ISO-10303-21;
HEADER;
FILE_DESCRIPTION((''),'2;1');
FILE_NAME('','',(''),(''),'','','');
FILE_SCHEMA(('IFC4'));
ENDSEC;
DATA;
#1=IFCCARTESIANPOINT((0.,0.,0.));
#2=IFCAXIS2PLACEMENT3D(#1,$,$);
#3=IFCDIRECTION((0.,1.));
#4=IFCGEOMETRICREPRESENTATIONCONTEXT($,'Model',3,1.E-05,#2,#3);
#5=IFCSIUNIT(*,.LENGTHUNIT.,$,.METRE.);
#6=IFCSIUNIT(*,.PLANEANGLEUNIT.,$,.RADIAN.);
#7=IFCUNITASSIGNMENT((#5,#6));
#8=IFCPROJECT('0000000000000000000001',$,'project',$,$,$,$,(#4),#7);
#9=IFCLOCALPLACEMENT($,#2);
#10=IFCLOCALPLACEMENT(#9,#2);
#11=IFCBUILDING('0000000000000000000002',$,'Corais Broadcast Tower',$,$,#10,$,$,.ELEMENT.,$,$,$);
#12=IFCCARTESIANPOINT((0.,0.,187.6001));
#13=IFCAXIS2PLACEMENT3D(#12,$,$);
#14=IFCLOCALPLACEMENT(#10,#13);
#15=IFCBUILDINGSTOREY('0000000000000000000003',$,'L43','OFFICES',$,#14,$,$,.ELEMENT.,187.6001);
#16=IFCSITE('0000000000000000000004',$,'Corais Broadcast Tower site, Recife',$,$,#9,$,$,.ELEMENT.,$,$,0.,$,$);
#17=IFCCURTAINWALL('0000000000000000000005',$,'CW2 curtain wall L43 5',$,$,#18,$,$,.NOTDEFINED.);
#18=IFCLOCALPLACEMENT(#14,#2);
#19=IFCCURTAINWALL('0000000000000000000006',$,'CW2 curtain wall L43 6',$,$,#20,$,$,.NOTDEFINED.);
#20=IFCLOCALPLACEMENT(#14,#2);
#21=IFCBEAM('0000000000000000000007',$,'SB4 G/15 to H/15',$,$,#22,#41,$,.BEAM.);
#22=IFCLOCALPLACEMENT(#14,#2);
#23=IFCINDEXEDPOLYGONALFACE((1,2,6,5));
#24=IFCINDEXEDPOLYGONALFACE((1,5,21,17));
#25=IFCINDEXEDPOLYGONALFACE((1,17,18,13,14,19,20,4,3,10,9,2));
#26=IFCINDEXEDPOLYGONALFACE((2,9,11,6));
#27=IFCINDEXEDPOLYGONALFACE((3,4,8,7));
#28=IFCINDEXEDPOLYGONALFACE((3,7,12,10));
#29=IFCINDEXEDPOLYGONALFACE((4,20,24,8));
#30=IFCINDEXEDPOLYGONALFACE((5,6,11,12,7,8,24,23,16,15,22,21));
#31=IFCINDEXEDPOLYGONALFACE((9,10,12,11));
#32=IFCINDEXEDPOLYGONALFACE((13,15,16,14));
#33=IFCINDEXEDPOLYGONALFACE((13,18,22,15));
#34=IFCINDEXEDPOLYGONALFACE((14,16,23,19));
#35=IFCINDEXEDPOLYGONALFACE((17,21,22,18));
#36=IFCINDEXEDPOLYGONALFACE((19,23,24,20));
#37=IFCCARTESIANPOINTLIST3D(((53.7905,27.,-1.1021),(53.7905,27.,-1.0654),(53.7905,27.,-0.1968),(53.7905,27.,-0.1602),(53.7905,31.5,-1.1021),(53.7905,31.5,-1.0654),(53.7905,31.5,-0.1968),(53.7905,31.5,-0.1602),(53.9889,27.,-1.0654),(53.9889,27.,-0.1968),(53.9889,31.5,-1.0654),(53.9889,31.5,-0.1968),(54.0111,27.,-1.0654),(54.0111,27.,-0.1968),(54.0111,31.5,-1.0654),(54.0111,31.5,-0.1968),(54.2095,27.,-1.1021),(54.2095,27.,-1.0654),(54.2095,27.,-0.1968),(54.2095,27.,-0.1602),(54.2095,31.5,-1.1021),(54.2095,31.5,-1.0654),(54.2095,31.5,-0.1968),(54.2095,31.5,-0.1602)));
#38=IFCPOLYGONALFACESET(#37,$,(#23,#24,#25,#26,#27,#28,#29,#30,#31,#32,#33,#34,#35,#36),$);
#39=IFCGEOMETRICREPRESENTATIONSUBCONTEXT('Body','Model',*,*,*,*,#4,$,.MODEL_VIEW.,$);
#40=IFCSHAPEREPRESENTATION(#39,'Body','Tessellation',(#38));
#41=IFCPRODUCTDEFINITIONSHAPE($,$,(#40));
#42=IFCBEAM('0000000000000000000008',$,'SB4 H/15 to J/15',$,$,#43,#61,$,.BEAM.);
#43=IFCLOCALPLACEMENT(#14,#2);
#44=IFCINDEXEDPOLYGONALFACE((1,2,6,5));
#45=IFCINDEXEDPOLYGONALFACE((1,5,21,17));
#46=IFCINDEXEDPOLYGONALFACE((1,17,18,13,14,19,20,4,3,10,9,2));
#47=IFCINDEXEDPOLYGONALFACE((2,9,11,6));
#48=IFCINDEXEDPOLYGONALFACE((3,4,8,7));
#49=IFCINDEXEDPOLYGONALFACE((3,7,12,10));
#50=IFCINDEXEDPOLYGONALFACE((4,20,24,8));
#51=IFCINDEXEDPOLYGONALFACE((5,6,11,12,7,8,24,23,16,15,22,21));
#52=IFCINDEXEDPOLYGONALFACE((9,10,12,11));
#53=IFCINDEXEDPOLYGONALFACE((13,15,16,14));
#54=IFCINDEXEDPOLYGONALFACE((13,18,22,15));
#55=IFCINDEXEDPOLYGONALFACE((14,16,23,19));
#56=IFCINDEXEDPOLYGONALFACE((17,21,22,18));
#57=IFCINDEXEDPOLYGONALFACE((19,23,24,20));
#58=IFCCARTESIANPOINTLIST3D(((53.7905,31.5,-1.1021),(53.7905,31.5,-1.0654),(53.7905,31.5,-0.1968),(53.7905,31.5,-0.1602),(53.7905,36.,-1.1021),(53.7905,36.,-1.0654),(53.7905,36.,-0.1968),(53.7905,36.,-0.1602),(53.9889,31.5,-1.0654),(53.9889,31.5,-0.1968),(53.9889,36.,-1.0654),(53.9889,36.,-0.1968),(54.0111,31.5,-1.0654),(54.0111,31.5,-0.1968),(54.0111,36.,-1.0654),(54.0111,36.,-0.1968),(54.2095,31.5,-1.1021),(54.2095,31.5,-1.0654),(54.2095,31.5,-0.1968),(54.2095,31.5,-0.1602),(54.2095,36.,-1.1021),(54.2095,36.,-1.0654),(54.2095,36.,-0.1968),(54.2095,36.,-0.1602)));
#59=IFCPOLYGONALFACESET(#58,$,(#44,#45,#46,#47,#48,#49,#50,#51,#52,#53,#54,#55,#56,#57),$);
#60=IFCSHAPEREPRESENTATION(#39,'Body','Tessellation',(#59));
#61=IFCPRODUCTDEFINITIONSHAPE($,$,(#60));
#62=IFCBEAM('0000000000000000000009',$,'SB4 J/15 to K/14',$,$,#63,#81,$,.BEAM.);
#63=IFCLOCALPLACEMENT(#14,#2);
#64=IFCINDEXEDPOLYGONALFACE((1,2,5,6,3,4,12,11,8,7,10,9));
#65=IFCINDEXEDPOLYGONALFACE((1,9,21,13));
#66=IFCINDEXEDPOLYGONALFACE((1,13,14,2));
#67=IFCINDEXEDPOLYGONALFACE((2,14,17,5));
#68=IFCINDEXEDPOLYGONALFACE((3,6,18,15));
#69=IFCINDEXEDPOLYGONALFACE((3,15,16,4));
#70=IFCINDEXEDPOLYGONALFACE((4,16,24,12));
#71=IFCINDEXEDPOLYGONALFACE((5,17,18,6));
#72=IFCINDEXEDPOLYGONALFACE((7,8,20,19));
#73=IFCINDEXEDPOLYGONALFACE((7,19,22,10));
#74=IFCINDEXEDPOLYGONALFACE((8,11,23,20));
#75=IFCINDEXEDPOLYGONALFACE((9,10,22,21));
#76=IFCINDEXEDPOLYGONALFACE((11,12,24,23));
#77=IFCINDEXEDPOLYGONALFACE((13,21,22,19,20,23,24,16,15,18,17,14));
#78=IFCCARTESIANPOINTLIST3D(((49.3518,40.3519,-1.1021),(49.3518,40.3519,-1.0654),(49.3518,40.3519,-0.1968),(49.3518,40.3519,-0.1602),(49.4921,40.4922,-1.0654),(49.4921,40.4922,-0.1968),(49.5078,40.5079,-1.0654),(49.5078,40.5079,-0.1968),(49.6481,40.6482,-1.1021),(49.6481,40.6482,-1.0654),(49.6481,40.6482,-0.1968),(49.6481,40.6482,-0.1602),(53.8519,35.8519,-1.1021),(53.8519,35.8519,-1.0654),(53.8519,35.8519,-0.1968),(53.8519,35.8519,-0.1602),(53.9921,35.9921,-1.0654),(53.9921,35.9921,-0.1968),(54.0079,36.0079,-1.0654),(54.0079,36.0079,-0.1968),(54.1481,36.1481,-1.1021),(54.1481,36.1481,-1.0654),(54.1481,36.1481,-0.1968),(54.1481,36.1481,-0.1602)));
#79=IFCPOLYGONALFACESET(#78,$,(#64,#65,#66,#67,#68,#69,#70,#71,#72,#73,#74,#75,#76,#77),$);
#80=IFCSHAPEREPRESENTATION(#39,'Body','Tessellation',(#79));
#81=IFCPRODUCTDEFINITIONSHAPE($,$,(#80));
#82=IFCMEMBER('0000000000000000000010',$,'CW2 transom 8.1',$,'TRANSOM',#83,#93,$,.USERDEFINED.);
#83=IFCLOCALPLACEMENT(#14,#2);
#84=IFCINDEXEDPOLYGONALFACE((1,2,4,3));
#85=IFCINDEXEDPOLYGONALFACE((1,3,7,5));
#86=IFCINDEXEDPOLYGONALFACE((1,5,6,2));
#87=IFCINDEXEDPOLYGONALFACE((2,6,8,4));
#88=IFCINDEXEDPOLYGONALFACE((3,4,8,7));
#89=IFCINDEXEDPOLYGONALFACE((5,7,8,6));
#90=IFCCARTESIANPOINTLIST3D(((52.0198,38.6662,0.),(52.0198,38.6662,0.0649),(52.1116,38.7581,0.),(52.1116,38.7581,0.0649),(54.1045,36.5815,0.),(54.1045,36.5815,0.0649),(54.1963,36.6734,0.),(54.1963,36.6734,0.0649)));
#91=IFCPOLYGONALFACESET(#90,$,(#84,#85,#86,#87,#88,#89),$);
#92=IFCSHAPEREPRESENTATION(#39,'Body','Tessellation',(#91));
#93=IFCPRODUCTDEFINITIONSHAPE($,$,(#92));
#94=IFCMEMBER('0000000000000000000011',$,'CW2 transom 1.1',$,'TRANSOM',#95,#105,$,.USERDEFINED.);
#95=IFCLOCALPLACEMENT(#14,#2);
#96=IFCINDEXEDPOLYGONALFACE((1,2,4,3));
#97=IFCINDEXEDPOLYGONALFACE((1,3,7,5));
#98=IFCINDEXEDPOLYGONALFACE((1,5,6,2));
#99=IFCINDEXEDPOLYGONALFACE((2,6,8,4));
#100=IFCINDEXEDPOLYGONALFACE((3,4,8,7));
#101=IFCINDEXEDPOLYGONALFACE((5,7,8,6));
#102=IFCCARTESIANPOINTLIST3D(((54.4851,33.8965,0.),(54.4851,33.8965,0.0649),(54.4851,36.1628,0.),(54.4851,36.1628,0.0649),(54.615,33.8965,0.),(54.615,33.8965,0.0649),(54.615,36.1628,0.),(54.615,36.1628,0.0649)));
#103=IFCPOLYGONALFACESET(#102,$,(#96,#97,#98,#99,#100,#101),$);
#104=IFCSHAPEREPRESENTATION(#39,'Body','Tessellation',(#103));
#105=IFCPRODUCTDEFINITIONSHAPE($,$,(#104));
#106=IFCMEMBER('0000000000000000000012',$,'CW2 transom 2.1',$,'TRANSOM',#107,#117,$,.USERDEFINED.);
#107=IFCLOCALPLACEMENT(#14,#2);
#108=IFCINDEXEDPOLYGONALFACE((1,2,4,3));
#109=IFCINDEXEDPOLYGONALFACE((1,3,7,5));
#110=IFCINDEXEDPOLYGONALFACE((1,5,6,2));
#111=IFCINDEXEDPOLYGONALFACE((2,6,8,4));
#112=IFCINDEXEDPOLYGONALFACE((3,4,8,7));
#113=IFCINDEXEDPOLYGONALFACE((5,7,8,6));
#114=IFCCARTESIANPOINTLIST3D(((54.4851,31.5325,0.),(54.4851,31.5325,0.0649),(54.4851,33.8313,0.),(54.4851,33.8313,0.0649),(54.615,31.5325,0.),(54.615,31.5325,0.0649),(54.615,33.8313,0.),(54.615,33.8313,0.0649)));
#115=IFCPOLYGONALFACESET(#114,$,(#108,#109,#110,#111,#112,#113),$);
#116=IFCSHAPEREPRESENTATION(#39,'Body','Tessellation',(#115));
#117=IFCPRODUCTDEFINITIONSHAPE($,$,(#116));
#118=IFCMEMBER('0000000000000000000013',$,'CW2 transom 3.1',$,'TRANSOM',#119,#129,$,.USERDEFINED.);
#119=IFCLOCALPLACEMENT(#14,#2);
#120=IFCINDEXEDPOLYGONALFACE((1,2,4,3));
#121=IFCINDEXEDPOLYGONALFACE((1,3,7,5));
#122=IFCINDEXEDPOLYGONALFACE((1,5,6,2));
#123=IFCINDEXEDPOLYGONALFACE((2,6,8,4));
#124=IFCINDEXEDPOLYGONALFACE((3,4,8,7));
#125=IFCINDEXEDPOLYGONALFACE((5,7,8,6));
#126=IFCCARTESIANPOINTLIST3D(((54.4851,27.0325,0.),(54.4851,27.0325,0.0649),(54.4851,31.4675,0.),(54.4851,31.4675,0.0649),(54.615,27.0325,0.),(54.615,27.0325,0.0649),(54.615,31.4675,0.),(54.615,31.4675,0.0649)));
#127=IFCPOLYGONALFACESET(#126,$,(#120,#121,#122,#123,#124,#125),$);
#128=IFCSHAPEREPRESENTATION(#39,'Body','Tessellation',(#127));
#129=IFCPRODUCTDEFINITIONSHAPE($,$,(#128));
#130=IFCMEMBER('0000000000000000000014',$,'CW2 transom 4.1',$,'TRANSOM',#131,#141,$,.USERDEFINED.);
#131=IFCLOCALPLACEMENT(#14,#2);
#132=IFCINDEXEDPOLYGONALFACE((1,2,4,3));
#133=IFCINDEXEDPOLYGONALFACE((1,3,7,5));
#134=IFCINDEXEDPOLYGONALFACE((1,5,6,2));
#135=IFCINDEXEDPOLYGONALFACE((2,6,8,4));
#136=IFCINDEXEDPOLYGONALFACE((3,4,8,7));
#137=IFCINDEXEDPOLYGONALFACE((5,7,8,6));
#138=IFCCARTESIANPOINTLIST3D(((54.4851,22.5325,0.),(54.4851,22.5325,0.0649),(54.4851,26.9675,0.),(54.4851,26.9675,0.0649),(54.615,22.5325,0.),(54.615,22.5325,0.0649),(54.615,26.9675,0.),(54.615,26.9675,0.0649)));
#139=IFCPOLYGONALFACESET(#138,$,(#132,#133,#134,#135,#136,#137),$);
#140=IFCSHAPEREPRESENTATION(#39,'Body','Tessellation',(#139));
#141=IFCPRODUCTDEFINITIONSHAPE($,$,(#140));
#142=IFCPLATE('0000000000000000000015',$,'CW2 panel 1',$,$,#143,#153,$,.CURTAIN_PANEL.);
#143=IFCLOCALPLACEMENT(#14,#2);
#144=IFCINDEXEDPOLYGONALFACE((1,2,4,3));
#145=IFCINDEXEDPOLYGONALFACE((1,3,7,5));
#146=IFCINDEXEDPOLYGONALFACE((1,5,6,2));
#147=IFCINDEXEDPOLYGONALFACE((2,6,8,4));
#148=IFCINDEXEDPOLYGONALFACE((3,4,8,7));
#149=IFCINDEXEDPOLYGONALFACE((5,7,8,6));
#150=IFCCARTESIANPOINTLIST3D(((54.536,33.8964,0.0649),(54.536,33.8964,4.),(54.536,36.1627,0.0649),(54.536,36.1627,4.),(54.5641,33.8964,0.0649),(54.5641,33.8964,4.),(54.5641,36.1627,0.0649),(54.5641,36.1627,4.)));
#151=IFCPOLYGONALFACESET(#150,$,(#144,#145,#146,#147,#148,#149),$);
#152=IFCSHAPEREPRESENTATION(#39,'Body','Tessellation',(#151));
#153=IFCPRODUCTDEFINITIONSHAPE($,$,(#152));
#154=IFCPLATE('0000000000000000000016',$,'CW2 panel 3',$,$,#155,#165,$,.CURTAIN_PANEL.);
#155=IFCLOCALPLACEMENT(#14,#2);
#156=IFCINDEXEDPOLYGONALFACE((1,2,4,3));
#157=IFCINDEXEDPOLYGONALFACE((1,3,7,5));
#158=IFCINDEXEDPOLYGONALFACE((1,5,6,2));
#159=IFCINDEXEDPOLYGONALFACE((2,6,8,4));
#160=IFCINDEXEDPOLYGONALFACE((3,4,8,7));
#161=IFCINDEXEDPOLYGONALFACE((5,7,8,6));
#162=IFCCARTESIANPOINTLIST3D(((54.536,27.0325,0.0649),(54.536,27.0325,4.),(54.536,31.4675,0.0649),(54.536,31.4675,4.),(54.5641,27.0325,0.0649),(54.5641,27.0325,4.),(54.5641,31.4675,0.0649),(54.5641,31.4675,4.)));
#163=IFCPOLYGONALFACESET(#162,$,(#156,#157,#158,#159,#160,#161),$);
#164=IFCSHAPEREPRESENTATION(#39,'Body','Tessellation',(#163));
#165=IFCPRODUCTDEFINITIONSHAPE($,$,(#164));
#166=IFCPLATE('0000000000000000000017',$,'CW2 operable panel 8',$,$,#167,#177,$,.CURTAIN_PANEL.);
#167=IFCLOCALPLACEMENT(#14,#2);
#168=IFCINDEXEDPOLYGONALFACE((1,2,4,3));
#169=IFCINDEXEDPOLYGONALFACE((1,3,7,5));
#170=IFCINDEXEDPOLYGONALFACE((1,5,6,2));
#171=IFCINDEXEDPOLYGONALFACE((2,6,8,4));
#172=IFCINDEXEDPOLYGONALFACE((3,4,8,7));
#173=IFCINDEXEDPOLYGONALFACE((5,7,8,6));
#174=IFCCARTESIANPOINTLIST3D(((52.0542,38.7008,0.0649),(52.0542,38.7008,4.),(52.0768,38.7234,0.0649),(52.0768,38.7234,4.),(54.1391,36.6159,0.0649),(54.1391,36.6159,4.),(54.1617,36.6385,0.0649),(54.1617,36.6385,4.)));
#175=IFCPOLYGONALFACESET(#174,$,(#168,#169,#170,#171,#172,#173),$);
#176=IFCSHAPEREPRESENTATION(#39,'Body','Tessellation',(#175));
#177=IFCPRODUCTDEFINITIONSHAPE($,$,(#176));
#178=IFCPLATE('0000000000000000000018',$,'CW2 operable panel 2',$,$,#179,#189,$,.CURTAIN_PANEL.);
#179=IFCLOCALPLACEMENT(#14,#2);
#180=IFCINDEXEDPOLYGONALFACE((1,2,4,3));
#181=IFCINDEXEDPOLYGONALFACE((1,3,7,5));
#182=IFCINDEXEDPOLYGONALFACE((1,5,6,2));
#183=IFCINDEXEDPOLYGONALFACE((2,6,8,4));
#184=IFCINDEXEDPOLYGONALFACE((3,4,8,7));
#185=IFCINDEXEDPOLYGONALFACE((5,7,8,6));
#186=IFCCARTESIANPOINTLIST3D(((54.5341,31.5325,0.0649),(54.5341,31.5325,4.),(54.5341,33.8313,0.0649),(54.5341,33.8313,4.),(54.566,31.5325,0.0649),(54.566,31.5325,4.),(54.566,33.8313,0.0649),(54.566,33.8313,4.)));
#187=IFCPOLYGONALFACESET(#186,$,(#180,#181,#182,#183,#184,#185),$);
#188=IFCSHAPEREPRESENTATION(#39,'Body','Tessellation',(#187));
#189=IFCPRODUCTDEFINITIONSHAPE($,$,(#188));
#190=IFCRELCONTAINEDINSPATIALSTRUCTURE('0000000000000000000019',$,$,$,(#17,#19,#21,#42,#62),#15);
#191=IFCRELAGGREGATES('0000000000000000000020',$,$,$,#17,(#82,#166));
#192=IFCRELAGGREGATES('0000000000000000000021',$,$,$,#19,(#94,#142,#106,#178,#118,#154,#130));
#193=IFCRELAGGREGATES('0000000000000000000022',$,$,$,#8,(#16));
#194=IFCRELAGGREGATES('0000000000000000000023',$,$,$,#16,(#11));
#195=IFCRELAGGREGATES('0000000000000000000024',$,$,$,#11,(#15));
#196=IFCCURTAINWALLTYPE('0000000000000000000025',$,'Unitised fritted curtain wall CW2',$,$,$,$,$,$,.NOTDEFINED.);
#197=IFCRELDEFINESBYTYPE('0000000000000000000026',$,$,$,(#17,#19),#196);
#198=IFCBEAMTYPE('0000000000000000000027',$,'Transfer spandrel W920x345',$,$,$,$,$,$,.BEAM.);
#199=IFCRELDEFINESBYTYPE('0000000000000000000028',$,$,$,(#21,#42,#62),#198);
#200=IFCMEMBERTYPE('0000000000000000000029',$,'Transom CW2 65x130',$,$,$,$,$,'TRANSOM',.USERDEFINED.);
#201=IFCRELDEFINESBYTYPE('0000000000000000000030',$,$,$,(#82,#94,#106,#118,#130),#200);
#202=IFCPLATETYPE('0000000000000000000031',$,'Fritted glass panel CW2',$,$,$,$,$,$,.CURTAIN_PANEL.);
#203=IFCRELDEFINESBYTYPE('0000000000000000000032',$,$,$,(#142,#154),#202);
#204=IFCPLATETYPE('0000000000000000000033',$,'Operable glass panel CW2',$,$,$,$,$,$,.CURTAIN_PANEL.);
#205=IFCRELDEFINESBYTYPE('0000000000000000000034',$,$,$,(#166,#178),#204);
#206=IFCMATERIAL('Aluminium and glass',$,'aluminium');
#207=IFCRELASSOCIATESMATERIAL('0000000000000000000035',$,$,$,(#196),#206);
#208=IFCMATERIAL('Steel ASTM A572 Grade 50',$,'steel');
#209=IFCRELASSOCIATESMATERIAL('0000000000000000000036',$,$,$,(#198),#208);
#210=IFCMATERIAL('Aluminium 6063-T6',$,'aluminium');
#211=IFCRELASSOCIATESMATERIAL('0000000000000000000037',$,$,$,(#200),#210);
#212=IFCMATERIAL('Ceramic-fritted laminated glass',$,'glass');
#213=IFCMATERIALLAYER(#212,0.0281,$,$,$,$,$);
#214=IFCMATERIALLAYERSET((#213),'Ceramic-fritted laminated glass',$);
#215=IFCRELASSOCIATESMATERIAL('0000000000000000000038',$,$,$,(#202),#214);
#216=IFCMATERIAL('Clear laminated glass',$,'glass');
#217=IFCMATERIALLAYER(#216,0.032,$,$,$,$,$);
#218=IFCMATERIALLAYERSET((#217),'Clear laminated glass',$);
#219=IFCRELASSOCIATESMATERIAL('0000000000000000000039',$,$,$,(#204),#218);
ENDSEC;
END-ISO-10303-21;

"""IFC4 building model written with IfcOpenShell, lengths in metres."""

from ifc_helpers import new_model, si_unit, direction, frame, origin, origin_2d, place, context, subcontext, project, spatial, rectangle, i_section, extrude, material, layer, layer_set, material_profile, profile_set, type_object, element, aggregate, save


model = new_model("IFC4")

# Units and contexts
model_context = context("Model", 3, precision=1e-05, world=origin(), true_north=direction((0.0, 1.0)))
body_context = subcontext(model_context, "Body", "Model", "MODEL_VIEW")
ifc_project = project(units=[si_unit("LENGTHUNIT", "METRE"), si_unit("PLANEANGLEUNIT", "RADIAN")], contexts=[model_context])

# Site, building, storey
site_placement = place(None, origin())
site = spatial("IfcSite", under=ifc_project, at=site_placement, Name="Corais Broadcast Tower site, Recife", CompositionType="ELEMENT", RefElevation=0.0)
building_placement = place(site_placement, origin())
building = spatial("IfcBuilding", under=site, at=building_placement, Name="Corais Broadcast Tower", CompositionType="ELEMENT")
storey_placement = place(building_placement, frame((0.0, 0.0, 187.6001)))
storey = spatial("IfcBuildingStorey", under=building, at=storey_placement, Name="L43", Description="OFFICES", CompositionType="ELEMENT", Elevation=187.6001)

# Curtain walls
ifc_material_1 = material(Name="Aluminium and glass", Category="aluminium")
curtain_wall_type = type_object("IfcCurtainWallType", Name="Unitised fritted curtain wall CW2", PredefinedType="NOTDEFINED", material=ifc_material_1)
curtain_wall_1_placement = place(storey_placement, origin())
curtain_wall_1 = element("IfcCurtainWall", 1, at=curtain_wall_1_placement, inside=storey, type_object=curtain_wall_type, Name="CW2 curtain wall L43 5", PredefinedType="NOTDEFINED")
curtain_wall_2_placement = place(storey_placement, origin())
curtain_wall_2 = element("IfcCurtainWall", 2, at=curtain_wall_2_placement, inside=storey, type_object=curtain_wall_type, Name="CW2 curtain wall L43 6", PredefinedType="NOTDEFINED")

# Beams
ifc_material_2 = material(Name="Steel ASTM A572 Grade 50", Category="steel")
ifc_material_profile_1 = material_profile(ifc_material_2, i_section(OverallWidth=0.4189, OverallDepth=0.9419, WebThickness=0.0222, FlangeThickness=0.0366, at=origin_2d()), Name="W920x345")
ifc_profile_set_1 = profile_set([ifc_material_profile_1], Name="Steel ASTM A572 Grade 50")
beam_type_1 = type_object("IfcBeamType", Name="Transfer spandrel W920x345", PredefinedType="BEAM", material=ifc_profile_set_1)
for number, where, z_axis, x_axis, name in (
    (3, (54.0, 27.0, -0.6311), (0.0, 1.0, 0.0), (-1.0, 0.0, 0.0), "SB4 G/15 to H/15"),
    (4, (54.0, 31.5, -0.6311), (0.0, 1.0, 0.0), (-1.0, 0.0, 0.0), "SB4 H/15 to J/15"),
):
    element("IfcBeam", number, at=place(storey_placement, frame(where, z_axis=z_axis, x_axis=x_axis)), inside=storey, type_object=beam_type_1, Name=name, PredefinedType="BEAM", context=body_context, shape_type="SweptSolid", body=[
        extrude(i_section(OverallWidth=0.4189, OverallDepth=0.9419, WebThickness=0.0222, FlangeThickness=0.0366, at=origin_2d()), origin(), (0.0, 0.0, 1.0), 4.5),
    ])
beam_placement = place(storey_placement, frame((54.0, 36.0, -0.6311), z_axis=(-0.707107, 0.707107, 0.0), x_axis=(-0.707107, -0.707107, 0.0)))
element("IfcBeam", 5, at=beam_placement, inside=storey, type_object=beam_type_1, Name="SB4 J/15 to K/14", PredefinedType="BEAM", context=body_context, shape_type="SweptSolid", body=[
    extrude(i_section(OverallWidth=0.4189, OverallDepth=0.9419, WebThickness=0.0222, FlangeThickness=0.0366, at=origin_2d()), origin(), (0.0, 0.0, 1.0), 6.364),
])

# Members
ifc_material_3 = material(Name="Aluminium 6063-T6", Category="aluminium")
ifc_material_profile_2 = material_profile(ifc_material_3, rectangle(XDim=0.1299, YDim=0.0649, at=origin_2d()), Name="Transom CW2 65x130")
ifc_profile_set_2 = profile_set([ifc_material_profile_2], Name="Aluminium 6063-T6")
member_type_1 = type_object("IfcMemberType", Name="Transom CW2 65x130", ElementType="TRANSOM", PredefinedType="USERDEFINED", material=ifc_profile_set_2)
member_1_placement = place(storey_placement, frame((52.0657, 38.7122, 0.0325), z_axis=(0.707107, -0.707107, 0.0), x_axis=(0.707107, 0.707107, 0.0)))
member_1 = element("IfcMember", 6, at=member_1_placement, type_object=member_type_1, Name="CW2 transom 8.1", ObjectType="TRANSOM", PredefinedType="USERDEFINED", context=body_context, shape_type="SweptSolid", body=[
    extrude(rectangle(XDim=0.1299, YDim=0.0649, at=origin_2d()), origin(), (0.0, 0.0, 1.0), 2.9482),
])
member_2_placement = place(storey_placement, frame((54.55, 36.1628, 0.0325), z_axis=(0.0, -1.0, 0.0), x_axis=(1.0, 0.0, 0.0)))
member_2 = element("IfcMember", 7, at=member_2_placement, type_object=member_type_1, Name="CW2 transom 1.1", ObjectType="TRANSOM", PredefinedType="USERDEFINED", context=body_context, shape_type="SweptSolid", body=[
    extrude(rectangle(XDim=0.1299, YDim=0.0649, at=origin_2d()), origin(), (0.0, 0.0, 1.0), 2.2664),
])
member_3_placement = place(storey_placement, frame((54.55, 33.8313, 0.0325), z_axis=(0.0, -1.0, 0.0), x_axis=(1.0, 0.0, 0.0)))
member_3 = element("IfcMember", 8, at=member_3_placement, type_object=member_type_1, Name="CW2 transom 2.1", ObjectType="TRANSOM", PredefinedType="USERDEFINED", context=body_context, shape_type="SweptSolid", body=[
    extrude(rectangle(XDim=0.1299, YDim=0.0649, at=origin_2d()), origin(), (0.0, 0.0, 1.0), 2.2988),
])
member_4_placement = place(storey_placement, frame((54.55, 31.4675, 0.0325), z_axis=(0.0, -1.0, 0.0), x_axis=(1.0, 0.0, 0.0)))
member_4 = element("IfcMember", 9, at=member_4_placement, type_object=member_type_1, Name="CW2 transom 3.1", ObjectType="TRANSOM", PredefinedType="USERDEFINED", context=body_context, shape_type="SweptSolid", body=[
    extrude(rectangle(XDim=0.1299, YDim=0.0649, at=origin_2d()), origin(), (0.0, 0.0, 1.0), 4.4351),
])
member_5_placement = place(storey_placement, frame((54.55, 26.9675, 0.0325), z_axis=(0.0, -1.0, 0.0), x_axis=(1.0, 0.0, 0.0)))
member_5 = element("IfcMember", 10, at=member_5_placement, type_object=member_type_1, Name="CW2 transom 4.1", ObjectType="TRANSOM", PredefinedType="USERDEFINED", context=body_context, shape_type="SweptSolid", body=[
    extrude(rectangle(XDim=0.1299, YDim=0.0649, at=origin_2d()), origin(), (0.0, 0.0, 1.0), 4.4351),
])

# Plates
ifc_material_4 = material(Name="Ceramic-fritted laminated glass", Category="glass")
ifc_layer_1 = layer(ifc_material_4, 0.0281)
ifc_layer_set_1 = layer_set([ifc_layer_1], Name="Ceramic-fritted laminated glass")
plate_type_1 = type_object("IfcPlateType", Name="Fritted glass panel CW2", PredefinedType="CURTAIN_PANEL", material=ifc_layer_set_1)
plate_1_placement = place(storey_placement, frame((54.55, 35.0295, 0.0649), z_axis=(0.0, 0.0, 1.0), x_axis=(0.0, -1.0, 0.0)))
plate_1 = element("IfcPlate", 11, at=plate_1_placement, type_object=plate_type_1, Name="CW2 panel 1", PredefinedType="CURTAIN_PANEL", context=body_context, shape_type="SweptSolid", body=[
    extrude(rectangle(XDim=2.2664, YDim=0.0281, at=origin_2d()), origin(), (0.0, 0.0, 1.0), 3.9351),
])
plate_2_placement = place(storey_placement, frame((54.55, 29.25, 0.0649), z_axis=(0.0, 0.0, 1.0), x_axis=(0.0, -1.0, 0.0)))
plate_2 = element("IfcPlate", 12, at=plate_2_placement, type_object=plate_type_1, Name="CW2 panel 3", PredefinedType="CURTAIN_PANEL", context=body_context, shape_type="SweptSolid", body=[
    extrude(rectangle(XDim=4.4351, YDim=0.0281, at=origin_2d()), origin(), (0.0, 0.0, 1.0), 3.9351),
])
ifc_material_5 = material(Name="Clear laminated glass", Category="glass")
ifc_layer_2 = layer(ifc_material_5, 0.032)
ifc_layer_set_2 = layer_set([ifc_layer_2], Name="Clear laminated glass")
plate_type_2 = type_object("IfcPlateType", Name="Operable glass panel CW2", PredefinedType="CURTAIN_PANEL", material=ifc_layer_set_2)
plate_3_placement = place(storey_placement, frame((53.1079, 37.6697, 0.0649), z_axis=(0.0, 0.0, 1.0), x_axis=(0.707107, -0.707107, 0.0)))
plate_3 = element("IfcPlate", 13, at=plate_3_placement, type_object=plate_type_2, Name="CW2 operable panel 8", PredefinedType="CURTAIN_PANEL", context=body_context, shape_type="SweptSolid", body=[
    extrude(rectangle(XDim=2.9485, YDim=0.032, at=origin_2d()), origin(), (0.0, 0.0, 1.0), 3.9351),
])
aggregate(curtain_wall_1, [member_1, plate_3])
plate_4_placement = place(storey_placement, frame((54.55, 32.6819, 0.0649), z_axis=(0.0, 0.0, 1.0), x_axis=(0.0, -1.0, 0.0)))
plate_4 = element("IfcPlate", 14, at=plate_4_placement, type_object=plate_type_2, Name="CW2 operable panel 2", PredefinedType="CURTAIN_PANEL", context=body_context, shape_type="SweptSolid", body=[
    extrude(rectangle(XDim=2.2988, YDim=0.032, at=origin_2d()), origin(), (0.0, 0.0, 1.0), 3.9351),
])
aggregate(curtain_wall_2, [member_2, plate_1, member_3, plate_4, member_4, plate_2, member_5])

save(model, "model.ifc")
